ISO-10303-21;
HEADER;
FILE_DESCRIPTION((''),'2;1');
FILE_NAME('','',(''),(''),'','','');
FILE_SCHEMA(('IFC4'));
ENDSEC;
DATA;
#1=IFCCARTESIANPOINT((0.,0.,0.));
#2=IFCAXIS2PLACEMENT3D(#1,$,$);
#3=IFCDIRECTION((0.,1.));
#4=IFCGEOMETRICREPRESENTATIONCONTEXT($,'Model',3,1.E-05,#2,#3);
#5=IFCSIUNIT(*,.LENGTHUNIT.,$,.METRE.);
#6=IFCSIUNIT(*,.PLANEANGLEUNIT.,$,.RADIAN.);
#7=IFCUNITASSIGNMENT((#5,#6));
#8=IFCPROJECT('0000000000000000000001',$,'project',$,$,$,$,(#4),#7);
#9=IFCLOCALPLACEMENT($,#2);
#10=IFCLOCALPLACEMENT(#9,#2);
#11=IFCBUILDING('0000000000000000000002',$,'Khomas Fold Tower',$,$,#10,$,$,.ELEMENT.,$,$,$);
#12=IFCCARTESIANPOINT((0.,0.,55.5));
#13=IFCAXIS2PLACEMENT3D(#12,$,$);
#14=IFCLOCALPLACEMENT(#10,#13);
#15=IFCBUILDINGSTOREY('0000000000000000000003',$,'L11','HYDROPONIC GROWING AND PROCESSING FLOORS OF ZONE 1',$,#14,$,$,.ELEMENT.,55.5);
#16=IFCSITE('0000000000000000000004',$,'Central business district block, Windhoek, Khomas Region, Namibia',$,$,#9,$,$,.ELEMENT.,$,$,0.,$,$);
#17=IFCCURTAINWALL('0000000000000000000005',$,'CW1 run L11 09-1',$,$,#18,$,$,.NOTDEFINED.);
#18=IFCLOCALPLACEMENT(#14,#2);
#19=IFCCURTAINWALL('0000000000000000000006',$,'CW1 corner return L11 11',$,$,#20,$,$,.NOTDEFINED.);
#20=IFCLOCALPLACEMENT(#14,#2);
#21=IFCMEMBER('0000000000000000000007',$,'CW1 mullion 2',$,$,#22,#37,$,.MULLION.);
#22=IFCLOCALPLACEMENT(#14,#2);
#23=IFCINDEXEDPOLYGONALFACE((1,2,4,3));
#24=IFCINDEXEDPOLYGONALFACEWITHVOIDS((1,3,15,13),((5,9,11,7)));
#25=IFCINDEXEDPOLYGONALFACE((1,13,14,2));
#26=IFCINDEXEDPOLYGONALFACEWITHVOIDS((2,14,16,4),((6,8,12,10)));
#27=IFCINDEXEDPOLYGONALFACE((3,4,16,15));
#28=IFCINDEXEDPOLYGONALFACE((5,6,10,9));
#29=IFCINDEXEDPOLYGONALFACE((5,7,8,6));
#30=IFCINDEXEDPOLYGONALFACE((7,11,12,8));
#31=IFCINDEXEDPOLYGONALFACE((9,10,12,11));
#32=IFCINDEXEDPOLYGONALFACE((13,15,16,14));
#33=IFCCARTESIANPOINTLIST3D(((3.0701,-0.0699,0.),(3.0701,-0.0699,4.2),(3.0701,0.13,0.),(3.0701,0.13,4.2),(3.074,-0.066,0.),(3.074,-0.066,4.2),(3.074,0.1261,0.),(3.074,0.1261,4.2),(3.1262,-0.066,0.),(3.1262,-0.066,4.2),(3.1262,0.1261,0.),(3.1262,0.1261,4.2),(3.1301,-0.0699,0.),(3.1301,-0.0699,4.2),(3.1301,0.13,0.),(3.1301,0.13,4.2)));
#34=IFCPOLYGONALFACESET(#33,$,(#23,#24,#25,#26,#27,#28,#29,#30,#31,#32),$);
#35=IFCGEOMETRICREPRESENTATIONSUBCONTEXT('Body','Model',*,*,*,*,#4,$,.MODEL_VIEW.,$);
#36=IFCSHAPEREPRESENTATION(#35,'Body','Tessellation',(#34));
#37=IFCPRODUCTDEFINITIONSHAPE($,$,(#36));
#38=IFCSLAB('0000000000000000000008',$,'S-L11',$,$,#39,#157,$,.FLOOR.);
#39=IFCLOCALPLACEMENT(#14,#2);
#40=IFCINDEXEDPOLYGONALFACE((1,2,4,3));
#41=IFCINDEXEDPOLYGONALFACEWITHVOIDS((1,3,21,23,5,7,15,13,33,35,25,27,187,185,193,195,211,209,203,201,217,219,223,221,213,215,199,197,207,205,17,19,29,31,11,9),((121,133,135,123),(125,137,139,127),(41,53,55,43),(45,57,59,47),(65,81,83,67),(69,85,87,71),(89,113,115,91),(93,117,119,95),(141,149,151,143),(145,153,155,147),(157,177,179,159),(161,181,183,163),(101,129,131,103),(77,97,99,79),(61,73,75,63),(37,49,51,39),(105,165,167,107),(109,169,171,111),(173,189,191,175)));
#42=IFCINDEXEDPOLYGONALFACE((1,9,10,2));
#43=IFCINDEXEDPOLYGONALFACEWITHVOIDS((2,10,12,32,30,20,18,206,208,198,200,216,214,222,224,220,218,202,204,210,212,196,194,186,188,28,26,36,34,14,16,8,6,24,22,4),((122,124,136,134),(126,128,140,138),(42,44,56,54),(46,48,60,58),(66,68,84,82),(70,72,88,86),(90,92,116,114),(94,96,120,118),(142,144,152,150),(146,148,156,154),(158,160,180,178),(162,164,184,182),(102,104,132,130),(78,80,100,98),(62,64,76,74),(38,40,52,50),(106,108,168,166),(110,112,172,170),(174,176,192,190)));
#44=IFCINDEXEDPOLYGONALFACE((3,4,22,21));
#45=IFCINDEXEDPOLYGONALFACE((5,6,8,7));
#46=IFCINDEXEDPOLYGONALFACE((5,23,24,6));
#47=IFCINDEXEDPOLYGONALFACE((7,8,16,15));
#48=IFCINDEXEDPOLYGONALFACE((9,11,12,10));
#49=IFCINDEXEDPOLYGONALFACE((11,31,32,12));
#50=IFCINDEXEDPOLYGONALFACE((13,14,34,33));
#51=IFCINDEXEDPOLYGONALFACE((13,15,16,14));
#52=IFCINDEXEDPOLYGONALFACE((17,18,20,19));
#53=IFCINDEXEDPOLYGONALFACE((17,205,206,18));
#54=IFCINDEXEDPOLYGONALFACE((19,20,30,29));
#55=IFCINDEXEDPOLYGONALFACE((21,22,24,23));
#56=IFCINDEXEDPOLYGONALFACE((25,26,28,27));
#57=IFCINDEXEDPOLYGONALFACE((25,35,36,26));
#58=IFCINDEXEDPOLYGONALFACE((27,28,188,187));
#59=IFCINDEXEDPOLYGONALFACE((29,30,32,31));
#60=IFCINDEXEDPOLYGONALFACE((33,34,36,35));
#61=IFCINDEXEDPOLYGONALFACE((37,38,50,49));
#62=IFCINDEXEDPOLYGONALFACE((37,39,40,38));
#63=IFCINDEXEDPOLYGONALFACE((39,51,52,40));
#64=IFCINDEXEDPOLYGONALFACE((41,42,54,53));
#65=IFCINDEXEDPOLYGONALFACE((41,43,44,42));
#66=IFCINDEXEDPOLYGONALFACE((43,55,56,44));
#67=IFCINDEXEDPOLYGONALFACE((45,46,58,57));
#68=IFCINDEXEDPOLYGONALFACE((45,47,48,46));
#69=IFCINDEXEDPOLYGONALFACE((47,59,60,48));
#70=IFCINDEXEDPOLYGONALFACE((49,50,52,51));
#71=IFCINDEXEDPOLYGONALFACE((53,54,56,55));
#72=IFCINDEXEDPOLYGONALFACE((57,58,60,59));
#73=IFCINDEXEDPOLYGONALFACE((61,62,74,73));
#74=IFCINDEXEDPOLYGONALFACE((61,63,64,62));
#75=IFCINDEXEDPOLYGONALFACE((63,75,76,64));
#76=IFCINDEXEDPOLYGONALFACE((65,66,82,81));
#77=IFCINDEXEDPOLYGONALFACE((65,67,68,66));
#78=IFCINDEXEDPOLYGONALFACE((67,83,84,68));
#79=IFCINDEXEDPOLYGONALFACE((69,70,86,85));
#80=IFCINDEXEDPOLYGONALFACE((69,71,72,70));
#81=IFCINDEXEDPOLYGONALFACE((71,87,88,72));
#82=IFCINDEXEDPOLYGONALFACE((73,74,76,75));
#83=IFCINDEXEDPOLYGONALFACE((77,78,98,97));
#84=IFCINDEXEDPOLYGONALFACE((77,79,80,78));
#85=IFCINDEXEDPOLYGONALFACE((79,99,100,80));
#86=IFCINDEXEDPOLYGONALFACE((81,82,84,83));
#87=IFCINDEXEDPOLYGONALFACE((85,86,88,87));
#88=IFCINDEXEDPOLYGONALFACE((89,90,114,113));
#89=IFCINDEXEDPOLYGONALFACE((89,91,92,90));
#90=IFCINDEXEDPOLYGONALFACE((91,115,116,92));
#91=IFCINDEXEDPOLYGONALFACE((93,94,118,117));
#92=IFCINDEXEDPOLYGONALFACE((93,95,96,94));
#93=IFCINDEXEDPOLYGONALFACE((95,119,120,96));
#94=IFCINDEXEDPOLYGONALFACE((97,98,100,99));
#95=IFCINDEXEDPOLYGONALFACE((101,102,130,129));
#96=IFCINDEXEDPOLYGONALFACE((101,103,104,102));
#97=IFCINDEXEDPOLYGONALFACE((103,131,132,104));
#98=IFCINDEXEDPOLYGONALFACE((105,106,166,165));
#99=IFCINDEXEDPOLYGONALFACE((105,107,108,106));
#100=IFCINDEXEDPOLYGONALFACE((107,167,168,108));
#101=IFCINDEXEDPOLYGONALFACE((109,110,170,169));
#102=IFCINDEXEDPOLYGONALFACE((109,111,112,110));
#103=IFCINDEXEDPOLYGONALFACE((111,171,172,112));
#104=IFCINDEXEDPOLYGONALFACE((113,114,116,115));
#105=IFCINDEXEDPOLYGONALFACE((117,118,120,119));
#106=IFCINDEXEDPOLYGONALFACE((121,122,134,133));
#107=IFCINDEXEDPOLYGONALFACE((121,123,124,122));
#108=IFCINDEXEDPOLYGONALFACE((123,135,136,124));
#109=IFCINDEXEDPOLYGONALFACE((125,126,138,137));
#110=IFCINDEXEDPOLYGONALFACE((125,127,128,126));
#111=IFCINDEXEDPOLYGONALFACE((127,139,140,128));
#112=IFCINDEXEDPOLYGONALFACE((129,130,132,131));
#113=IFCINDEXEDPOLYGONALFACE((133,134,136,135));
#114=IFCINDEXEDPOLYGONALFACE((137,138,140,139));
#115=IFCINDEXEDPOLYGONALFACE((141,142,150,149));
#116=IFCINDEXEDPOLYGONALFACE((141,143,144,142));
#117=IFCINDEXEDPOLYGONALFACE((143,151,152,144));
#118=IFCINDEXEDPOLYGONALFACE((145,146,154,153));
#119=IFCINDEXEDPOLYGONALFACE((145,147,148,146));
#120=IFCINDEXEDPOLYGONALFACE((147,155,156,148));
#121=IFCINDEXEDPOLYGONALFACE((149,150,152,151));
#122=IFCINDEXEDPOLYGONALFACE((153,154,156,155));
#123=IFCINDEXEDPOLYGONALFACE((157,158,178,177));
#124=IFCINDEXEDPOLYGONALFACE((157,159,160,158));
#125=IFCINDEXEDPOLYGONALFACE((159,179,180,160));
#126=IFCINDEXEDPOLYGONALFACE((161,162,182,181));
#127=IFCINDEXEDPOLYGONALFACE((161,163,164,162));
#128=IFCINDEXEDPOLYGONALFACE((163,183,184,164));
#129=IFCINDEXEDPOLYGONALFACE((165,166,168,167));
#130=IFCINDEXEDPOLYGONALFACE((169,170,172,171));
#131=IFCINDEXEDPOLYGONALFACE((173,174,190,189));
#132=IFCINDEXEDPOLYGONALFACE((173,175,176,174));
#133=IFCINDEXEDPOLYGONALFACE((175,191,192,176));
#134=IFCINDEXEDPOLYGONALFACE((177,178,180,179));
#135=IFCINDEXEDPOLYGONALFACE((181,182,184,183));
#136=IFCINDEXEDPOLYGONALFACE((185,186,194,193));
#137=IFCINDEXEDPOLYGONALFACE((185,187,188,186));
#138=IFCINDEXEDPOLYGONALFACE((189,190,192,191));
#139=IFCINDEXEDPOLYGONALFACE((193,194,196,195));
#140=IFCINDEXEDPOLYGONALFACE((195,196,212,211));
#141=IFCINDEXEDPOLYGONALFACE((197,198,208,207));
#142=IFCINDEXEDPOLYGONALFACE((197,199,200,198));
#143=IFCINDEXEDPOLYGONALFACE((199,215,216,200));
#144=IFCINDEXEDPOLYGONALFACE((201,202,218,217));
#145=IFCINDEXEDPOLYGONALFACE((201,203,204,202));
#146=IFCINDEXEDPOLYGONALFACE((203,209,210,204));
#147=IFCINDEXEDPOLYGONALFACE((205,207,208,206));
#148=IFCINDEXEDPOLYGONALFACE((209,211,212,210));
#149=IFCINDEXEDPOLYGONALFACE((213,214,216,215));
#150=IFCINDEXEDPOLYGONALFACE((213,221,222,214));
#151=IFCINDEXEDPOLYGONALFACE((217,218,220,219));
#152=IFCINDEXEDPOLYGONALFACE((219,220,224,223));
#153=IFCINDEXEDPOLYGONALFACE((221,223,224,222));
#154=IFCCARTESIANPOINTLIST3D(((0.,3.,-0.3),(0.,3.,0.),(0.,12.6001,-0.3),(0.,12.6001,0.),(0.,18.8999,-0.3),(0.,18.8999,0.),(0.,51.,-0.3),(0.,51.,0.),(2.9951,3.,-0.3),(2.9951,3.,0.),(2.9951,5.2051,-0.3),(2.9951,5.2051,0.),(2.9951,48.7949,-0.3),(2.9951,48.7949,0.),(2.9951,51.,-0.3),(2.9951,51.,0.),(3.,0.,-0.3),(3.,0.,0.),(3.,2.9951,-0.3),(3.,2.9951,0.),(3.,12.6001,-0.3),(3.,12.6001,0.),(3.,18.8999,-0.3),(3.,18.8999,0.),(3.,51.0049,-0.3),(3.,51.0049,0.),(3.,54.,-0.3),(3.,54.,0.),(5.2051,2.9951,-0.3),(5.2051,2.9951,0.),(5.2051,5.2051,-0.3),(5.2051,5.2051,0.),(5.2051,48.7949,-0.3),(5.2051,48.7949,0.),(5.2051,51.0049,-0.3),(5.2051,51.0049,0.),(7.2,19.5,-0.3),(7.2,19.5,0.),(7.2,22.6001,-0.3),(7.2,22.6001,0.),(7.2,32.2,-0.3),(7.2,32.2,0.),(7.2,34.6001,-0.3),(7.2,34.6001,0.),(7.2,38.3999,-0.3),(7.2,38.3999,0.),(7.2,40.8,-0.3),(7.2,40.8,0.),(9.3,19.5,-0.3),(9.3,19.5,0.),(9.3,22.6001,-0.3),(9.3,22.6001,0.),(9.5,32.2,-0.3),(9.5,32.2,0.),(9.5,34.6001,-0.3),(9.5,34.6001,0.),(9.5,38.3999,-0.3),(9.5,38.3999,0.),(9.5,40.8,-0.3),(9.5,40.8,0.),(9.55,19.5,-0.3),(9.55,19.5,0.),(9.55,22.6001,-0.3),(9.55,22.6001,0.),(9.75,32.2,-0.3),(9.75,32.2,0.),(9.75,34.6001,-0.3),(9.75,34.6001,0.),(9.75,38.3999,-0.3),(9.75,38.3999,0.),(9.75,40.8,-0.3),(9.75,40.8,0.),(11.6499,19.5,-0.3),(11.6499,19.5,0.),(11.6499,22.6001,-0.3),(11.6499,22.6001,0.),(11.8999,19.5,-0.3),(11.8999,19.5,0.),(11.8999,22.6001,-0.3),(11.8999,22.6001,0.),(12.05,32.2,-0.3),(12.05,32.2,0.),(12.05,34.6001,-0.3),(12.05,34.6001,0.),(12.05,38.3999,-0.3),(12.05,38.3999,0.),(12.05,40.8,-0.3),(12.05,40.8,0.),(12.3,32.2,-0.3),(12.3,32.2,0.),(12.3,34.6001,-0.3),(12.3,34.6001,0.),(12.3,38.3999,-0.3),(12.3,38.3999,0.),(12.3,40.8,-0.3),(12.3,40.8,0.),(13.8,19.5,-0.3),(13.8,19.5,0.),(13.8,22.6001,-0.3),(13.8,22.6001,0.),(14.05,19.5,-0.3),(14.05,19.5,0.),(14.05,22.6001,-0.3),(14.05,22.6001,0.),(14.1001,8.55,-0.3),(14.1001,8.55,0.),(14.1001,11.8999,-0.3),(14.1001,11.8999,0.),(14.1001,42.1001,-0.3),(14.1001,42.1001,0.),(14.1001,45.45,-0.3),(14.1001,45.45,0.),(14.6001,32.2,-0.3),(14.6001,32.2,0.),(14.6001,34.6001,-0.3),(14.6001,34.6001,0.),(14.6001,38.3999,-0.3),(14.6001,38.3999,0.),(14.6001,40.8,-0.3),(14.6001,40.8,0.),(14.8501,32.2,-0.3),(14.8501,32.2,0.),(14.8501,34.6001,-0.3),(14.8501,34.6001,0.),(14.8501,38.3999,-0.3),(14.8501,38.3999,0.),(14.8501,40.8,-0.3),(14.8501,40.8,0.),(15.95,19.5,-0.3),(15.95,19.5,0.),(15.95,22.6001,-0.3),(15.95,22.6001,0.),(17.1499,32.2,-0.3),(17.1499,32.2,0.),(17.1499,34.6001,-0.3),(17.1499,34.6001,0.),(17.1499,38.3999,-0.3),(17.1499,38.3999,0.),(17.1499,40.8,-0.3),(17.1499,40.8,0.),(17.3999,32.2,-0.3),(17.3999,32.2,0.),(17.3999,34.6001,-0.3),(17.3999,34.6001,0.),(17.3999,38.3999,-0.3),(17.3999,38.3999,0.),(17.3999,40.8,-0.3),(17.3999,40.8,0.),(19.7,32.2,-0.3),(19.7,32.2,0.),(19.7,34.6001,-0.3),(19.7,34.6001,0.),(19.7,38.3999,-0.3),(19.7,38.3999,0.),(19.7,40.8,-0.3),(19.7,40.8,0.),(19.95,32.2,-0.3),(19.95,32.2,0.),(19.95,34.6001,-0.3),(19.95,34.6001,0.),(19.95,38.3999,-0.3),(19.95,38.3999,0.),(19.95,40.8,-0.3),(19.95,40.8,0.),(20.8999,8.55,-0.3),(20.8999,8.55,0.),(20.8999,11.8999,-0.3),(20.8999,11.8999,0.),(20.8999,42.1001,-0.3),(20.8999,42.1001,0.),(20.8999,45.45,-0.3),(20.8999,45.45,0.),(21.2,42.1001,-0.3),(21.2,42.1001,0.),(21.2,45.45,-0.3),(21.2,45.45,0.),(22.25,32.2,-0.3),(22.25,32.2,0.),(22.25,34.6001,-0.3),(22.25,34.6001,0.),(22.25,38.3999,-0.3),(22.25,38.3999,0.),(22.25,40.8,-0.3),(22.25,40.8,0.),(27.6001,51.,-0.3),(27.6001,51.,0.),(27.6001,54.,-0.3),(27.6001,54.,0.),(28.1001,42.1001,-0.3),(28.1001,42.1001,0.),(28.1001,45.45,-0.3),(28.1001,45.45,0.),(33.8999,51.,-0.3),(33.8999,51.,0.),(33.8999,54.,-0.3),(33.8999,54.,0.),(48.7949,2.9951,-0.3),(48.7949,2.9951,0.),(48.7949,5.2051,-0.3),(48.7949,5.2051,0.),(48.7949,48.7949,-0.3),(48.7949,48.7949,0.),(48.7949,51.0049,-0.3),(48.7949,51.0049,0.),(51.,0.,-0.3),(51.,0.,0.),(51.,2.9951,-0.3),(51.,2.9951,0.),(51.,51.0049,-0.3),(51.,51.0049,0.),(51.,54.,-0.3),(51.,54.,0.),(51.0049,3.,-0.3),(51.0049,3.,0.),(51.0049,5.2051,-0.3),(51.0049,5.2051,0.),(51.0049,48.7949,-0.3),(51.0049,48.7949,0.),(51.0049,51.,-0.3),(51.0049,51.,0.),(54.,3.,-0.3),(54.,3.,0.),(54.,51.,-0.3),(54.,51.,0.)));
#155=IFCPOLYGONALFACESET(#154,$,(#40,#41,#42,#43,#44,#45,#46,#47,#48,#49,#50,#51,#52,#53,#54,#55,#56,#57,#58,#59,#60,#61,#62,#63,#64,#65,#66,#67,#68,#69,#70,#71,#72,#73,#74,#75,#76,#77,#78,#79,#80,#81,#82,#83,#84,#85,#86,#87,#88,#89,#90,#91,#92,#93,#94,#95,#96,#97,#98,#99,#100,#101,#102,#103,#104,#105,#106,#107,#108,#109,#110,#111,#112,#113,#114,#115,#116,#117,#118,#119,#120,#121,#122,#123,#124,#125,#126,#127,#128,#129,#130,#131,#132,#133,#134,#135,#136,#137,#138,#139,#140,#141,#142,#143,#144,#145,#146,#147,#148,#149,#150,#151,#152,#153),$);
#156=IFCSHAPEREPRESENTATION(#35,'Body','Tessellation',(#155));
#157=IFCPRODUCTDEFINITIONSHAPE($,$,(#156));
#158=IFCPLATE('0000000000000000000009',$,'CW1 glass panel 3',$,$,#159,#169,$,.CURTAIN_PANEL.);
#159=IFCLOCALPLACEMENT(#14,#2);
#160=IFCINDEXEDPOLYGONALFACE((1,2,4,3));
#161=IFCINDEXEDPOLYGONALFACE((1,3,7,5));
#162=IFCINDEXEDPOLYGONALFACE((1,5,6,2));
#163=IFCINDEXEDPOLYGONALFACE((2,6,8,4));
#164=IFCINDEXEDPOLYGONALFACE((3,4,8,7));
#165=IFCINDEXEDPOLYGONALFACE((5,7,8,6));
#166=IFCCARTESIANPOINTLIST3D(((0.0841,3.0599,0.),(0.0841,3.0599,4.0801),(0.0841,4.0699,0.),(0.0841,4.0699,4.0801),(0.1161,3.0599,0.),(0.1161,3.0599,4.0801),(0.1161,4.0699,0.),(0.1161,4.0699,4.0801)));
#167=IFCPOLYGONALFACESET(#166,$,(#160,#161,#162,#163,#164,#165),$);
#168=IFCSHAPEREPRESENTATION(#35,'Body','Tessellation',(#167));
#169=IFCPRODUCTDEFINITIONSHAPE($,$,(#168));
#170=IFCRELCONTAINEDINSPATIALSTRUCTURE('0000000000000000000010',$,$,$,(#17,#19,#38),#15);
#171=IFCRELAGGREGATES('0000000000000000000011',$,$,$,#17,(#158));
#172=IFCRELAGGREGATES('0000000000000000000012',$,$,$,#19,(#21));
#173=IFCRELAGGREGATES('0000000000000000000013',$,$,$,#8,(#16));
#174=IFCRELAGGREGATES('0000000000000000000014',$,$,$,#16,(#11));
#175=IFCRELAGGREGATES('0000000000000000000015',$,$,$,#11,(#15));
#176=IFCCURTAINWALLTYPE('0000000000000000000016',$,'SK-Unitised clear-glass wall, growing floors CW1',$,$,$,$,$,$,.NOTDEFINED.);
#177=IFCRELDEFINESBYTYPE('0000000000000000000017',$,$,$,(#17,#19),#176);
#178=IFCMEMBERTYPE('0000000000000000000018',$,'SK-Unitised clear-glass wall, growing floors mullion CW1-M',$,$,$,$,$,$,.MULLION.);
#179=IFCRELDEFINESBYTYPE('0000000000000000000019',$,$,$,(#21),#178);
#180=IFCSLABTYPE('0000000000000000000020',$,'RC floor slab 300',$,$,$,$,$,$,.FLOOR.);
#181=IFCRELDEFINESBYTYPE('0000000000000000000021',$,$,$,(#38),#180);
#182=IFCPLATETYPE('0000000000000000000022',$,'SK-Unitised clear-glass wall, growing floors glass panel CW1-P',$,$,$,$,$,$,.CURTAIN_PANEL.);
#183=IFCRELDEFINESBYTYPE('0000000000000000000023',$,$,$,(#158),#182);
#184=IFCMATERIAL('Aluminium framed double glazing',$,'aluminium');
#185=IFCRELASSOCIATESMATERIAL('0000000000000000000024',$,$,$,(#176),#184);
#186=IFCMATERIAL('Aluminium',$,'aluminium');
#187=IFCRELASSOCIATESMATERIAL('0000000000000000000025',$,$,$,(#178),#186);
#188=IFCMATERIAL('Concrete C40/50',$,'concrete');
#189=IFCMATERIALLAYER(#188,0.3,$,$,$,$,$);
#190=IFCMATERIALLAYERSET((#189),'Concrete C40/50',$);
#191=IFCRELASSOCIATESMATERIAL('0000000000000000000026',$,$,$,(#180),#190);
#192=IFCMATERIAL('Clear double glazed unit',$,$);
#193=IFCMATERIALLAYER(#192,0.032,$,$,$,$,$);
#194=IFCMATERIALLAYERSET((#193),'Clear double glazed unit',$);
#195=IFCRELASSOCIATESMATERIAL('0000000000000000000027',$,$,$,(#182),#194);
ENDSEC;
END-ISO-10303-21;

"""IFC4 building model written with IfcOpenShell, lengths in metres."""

from ifc_helpers import new_model, si_unit, direction, frame, origin, origin_2d, place, context, subcontext, project, spatial, polyline, rectangle, hollow_rectangle, outline, extrude, source, transform, mapped, material, layer, layer_set, material_profile, profile_set, type_object, element, aggregate, save


model = new_model("IFC4")

# Units and contexts
model_context = context("Model", 3, precision=1e-05, world=origin(), true_north=direction((0.0, 1.0)))
body_context = subcontext(model_context, "Body", "Model", "MODEL_VIEW")
ifc_project = project(units=[si_unit("LENGTHUNIT", "METRE"), si_unit("PLANEANGLEUNIT", "RADIAN")], contexts=[model_context])

# Site, building, storey
site_placement = place(None, origin())
site = spatial("IfcSite", under=ifc_project, at=site_placement, Name="Central business district block, Windhoek, Khomas Region, Namibia", CompositionType="ELEMENT", RefElevation=0.0)
building_placement = place(site_placement, origin())
building = spatial("IfcBuilding", under=site, at=building_placement, Name="Khomas Fold Tower", CompositionType="ELEMENT")
storey_placement = place(building_placement, frame((0.0, 0.0, 55.5)))
storey = spatial("IfcBuildingStorey", under=building, at=storey_placement, Name="L11", Description="HYDROPONIC GROWING AND PROCESSING FLOORS OF ZONE 1", CompositionType="ELEMENT", Elevation=55.5)

# Curtain walls
ifc_material_1 = material(Name="Aluminium framed double glazing", Category="aluminium")
curtain_wall_type = type_object("IfcCurtainWallType", Name="SK-Unitised clear-glass wall, growing floors CW1", PredefinedType="NOTDEFINED", material=ifc_material_1)
curtain_wall_1_placement = place(storey_placement, origin())
curtain_wall_1 = element("IfcCurtainWall", 1, at=curtain_wall_1_placement, inside=storey, type_object=curtain_wall_type, Name="CW1 run L11 09-1", PredefinedType="NOTDEFINED")
curtain_wall_2_placement = place(storey_placement, origin())
curtain_wall_2 = element("IfcCurtainWall", 2, at=curtain_wall_2_placement, inside=storey, type_object=curtain_wall_type, Name="CW1 corner return L11 11", PredefinedType="NOTDEFINED")

# Member
ifc_material_2 = material(Name="Aluminium", Category="aluminium")
ifc_material_profile_1 = material_profile(ifc_material_2, hollow_rectangle(XDim=0.0601, YDim=0.2, WallThickness=0.0039, at=origin_2d()), Name="SK-Unitised clear-glass wall, growing floors mullion CW1-M")
ifc_profile_set_1 = profile_set([ifc_material_profile_1], Name="Aluminium")
member_type_1 = type_object("IfcMemberType", Name="SK-Unitised clear-glass wall, growing floors mullion CW1-M", PredefinedType="MULLION", material=ifc_profile_set_1)
shared_shape_1 = source(origin(), body_context, "Body", "SweptSolid", [
    extrude(hollow_rectangle(XDim=0.0601, YDim=0.2, WallThickness=0.0039, at=origin_2d()), origin(), (0.0, 0.0, 1.0), 4.2),
])
member_1_placement = place(storey_placement, frame((3.1001, 0.03, 0.0), z_axis=(0.0, 0.0, 1.0), x_axis=(1.0, 0.0, 0.0)))
member_1 = element("IfcMember", 3, at=member_1_placement, type_object=member_type_1, Name="CW1 mullion 2", PredefinedType="MULLION", context=body_context, shape_type="MappedRepresentation", body=[
    mapped(shared_shape_1, transform((0.0, 0.0, 0.0))),
])

# Slab
ifc_material_3 = material(Name="Concrete C40/50", Category="concrete")
ifc_layer_1 = layer(ifc_material_3, 0.3)
ifc_layer_set_1 = layer_set([ifc_layer_1], Name="Concrete C40/50")
slab_type_1 = type_object("IfcSlabType", Name="RC floor slab 300", PredefinedType="FLOOR", material=ifc_layer_set_1)
shared_shape_2 = source(origin(), body_context, "Body", "SweptSolid", [
    extrude(outline(polyline([(0.0, 3.0), (2.9951, 3.0), (2.9951, 5.2051), (5.2051, 5.2051), (5.2051, 2.9951), (3.0, 2.9951), (3.0, 0.0), (51.0, 0.0), (51.0, 2.9951), (48.7949, 2.9951), (48.7949, 5.2051), (51.0049, 5.2051), (51.0049, 3.0), (54.0, 3.0), (54.0, 51.0), (51.0049, 51.0), (51.0049, 48.7949), (48.7949, 48.7949), (48.7949, 51.0049), (51.0, 51.0049), (51.0, 54.0), (33.8999, 54.0), (33.8999, 51.0), (27.6001, 51.0), (27.6001, 54.0), (3.0, 54.0), (3.0, 51.0049), (5.2051, 51.0049), (5.2051, 48.7949), (2.9951, 48.7949), (2.9951, 51.0), (0.0, 51.0), (0.0, 18.8999), (3.0, 18.8999), (3.0, 12.6001), (0.0, 12.6001), (0.0, 3.0)]), holes=[polyline([(7.2, 19.5), (7.2, 22.6001), (9.3, 22.6001), (9.3, 19.5), (7.2, 19.5)]), polyline([(7.2, 32.2), (7.2, 34.6001), (9.5, 34.6001), (9.5, 32.2), (7.2, 32.2)]), polyline([(7.2, 38.3999), (7.2, 40.8), (9.5, 40.8), (9.5, 38.3999), (7.2, 38.3999)]), polyline([(9.55, 19.5), (9.55, 22.6001), (11.6499, 22.6001), (11.6499, 19.5), (9.55, 19.5)]), polyline([(9.75, 32.2), (9.75, 34.6001), (12.05, 34.6001), (12.05, 32.2), (9.75, 32.2)]), polyline([(9.75, 38.3999), (9.75, 40.8), (12.05, 40.8), (12.05, 38.3999), (9.75, 38.3999)]), polyline([(11.8999, 19.5), (11.8999, 22.6001), (13.8, 22.6001), (13.8, 19.5), (11.8999, 19.5)]), polyline([(12.3, 32.2), (12.3, 34.6001), (14.6001, 34.6001), (14.6001, 32.2), (12.3, 32.2)]), polyline([(12.3, 38.3999), (12.3, 40.8), (14.6001, 40.8), (14.6001, 38.3999), (12.3, 38.3999)]), polyline([(14.05, 19.5), (14.05, 22.6001), (15.95, 22.6001), (15.95, 19.5), (14.05, 19.5)]), polyline([(14.1001, 8.55), (14.1001, 11.8999), (20.8999, 11.8999), (20.8999, 8.55), (14.1001, 8.55)]), polyline([(14.1001, 42.1001), (14.1001, 45.45), (20.8999, 45.45), (20.8999, 42.1001), (14.1001, 42.1001)]), polyline([(14.8501, 32.2), (14.8501, 34.6001), (17.1499, 34.6001), (17.1499, 32.2), (14.8501, 32.2)]), polyline([(14.8501, 38.3999), (14.8501, 40.8), (17.1499, 40.8), (17.1499, 38.3999), (14.8501, 38.3999)]), polyline([(17.3999, 32.2), (17.3999, 34.6001), (19.7, 34.6001), (19.7, 32.2), (17.3999, 32.2)]), polyline([(17.3999, 38.3999), (17.3999, 40.8), (19.7, 40.8), (19.7, 38.3999), (17.3999, 38.3999)]), polyline([(19.95, 32.2), (19.95, 34.6001), (22.25, 34.6001), (22.25, 32.2), (19.95, 32.2)]), polyline([(19.95, 38.3999), (19.95, 40.8), (22.25, 40.8), (22.25, 38.3999), (19.95, 38.3999)]), polyline([(21.2, 42.1001), (21.2, 45.45), (28.1001, 45.45), (28.1001, 42.1001), (21.2, 42.1001)])]), origin(), (0.0, 0.0, 1.0), 0.3),
])
slab_1_placement = place(storey_placement, frame((0.0, 0.0, -0.3)))
element("IfcSlab", 4, at=slab_1_placement, inside=storey, type_object=slab_type_1, Name="S-L11", PredefinedType="FLOOR", context=body_context, shape_type="MappedRepresentation", body=[
    mapped(shared_shape_2, transform((0.0, 0.0, 0.0))),
])

# Plate
ifc_material_4 = material(Name="Clear double glazed unit")
ifc_layer_2 = layer(ifc_material_4, 0.032)
ifc_layer_set_2 = layer_set([ifc_layer_2], Name="Clear double glazed unit")
plate_type = type_object("IfcPlateType", Name="SK-Unitised clear-glass wall, growing floors glass panel CW1-P", PredefinedType="CURTAIN_PANEL", material=ifc_layer_set_2)
shared_shape_3 = source(origin(), body_context, "Body", "SweptSolid", [
    extrude(rectangle(XDim=1.01, YDim=0.032, at=origin_2d()), origin(), (0.0, 0.0, 1.0), 4.0801),
])
plate_1_placement = place(storey_placement, frame((0.1001, 3.5649, 0.0), z_axis=(0.0, 0.0, 1.0), x_axis=(0.0, -1.0, 0.0)))
plate_1 = element("IfcPlate", 5, at=plate_1_placement, type_object=plate_type, Name="CW1 glass panel 3", PredefinedType="CURTAIN_PANEL", context=body_context, shape_type="MappedRepresentation", body=[
    mapped(shared_shape_3, transform((0.0, 0.0, 0.0))),
])
aggregate(curtain_wall_1, [plate_1])
aggregate(curtain_wall_2, [member_1])

save(model, "model.ifc")
